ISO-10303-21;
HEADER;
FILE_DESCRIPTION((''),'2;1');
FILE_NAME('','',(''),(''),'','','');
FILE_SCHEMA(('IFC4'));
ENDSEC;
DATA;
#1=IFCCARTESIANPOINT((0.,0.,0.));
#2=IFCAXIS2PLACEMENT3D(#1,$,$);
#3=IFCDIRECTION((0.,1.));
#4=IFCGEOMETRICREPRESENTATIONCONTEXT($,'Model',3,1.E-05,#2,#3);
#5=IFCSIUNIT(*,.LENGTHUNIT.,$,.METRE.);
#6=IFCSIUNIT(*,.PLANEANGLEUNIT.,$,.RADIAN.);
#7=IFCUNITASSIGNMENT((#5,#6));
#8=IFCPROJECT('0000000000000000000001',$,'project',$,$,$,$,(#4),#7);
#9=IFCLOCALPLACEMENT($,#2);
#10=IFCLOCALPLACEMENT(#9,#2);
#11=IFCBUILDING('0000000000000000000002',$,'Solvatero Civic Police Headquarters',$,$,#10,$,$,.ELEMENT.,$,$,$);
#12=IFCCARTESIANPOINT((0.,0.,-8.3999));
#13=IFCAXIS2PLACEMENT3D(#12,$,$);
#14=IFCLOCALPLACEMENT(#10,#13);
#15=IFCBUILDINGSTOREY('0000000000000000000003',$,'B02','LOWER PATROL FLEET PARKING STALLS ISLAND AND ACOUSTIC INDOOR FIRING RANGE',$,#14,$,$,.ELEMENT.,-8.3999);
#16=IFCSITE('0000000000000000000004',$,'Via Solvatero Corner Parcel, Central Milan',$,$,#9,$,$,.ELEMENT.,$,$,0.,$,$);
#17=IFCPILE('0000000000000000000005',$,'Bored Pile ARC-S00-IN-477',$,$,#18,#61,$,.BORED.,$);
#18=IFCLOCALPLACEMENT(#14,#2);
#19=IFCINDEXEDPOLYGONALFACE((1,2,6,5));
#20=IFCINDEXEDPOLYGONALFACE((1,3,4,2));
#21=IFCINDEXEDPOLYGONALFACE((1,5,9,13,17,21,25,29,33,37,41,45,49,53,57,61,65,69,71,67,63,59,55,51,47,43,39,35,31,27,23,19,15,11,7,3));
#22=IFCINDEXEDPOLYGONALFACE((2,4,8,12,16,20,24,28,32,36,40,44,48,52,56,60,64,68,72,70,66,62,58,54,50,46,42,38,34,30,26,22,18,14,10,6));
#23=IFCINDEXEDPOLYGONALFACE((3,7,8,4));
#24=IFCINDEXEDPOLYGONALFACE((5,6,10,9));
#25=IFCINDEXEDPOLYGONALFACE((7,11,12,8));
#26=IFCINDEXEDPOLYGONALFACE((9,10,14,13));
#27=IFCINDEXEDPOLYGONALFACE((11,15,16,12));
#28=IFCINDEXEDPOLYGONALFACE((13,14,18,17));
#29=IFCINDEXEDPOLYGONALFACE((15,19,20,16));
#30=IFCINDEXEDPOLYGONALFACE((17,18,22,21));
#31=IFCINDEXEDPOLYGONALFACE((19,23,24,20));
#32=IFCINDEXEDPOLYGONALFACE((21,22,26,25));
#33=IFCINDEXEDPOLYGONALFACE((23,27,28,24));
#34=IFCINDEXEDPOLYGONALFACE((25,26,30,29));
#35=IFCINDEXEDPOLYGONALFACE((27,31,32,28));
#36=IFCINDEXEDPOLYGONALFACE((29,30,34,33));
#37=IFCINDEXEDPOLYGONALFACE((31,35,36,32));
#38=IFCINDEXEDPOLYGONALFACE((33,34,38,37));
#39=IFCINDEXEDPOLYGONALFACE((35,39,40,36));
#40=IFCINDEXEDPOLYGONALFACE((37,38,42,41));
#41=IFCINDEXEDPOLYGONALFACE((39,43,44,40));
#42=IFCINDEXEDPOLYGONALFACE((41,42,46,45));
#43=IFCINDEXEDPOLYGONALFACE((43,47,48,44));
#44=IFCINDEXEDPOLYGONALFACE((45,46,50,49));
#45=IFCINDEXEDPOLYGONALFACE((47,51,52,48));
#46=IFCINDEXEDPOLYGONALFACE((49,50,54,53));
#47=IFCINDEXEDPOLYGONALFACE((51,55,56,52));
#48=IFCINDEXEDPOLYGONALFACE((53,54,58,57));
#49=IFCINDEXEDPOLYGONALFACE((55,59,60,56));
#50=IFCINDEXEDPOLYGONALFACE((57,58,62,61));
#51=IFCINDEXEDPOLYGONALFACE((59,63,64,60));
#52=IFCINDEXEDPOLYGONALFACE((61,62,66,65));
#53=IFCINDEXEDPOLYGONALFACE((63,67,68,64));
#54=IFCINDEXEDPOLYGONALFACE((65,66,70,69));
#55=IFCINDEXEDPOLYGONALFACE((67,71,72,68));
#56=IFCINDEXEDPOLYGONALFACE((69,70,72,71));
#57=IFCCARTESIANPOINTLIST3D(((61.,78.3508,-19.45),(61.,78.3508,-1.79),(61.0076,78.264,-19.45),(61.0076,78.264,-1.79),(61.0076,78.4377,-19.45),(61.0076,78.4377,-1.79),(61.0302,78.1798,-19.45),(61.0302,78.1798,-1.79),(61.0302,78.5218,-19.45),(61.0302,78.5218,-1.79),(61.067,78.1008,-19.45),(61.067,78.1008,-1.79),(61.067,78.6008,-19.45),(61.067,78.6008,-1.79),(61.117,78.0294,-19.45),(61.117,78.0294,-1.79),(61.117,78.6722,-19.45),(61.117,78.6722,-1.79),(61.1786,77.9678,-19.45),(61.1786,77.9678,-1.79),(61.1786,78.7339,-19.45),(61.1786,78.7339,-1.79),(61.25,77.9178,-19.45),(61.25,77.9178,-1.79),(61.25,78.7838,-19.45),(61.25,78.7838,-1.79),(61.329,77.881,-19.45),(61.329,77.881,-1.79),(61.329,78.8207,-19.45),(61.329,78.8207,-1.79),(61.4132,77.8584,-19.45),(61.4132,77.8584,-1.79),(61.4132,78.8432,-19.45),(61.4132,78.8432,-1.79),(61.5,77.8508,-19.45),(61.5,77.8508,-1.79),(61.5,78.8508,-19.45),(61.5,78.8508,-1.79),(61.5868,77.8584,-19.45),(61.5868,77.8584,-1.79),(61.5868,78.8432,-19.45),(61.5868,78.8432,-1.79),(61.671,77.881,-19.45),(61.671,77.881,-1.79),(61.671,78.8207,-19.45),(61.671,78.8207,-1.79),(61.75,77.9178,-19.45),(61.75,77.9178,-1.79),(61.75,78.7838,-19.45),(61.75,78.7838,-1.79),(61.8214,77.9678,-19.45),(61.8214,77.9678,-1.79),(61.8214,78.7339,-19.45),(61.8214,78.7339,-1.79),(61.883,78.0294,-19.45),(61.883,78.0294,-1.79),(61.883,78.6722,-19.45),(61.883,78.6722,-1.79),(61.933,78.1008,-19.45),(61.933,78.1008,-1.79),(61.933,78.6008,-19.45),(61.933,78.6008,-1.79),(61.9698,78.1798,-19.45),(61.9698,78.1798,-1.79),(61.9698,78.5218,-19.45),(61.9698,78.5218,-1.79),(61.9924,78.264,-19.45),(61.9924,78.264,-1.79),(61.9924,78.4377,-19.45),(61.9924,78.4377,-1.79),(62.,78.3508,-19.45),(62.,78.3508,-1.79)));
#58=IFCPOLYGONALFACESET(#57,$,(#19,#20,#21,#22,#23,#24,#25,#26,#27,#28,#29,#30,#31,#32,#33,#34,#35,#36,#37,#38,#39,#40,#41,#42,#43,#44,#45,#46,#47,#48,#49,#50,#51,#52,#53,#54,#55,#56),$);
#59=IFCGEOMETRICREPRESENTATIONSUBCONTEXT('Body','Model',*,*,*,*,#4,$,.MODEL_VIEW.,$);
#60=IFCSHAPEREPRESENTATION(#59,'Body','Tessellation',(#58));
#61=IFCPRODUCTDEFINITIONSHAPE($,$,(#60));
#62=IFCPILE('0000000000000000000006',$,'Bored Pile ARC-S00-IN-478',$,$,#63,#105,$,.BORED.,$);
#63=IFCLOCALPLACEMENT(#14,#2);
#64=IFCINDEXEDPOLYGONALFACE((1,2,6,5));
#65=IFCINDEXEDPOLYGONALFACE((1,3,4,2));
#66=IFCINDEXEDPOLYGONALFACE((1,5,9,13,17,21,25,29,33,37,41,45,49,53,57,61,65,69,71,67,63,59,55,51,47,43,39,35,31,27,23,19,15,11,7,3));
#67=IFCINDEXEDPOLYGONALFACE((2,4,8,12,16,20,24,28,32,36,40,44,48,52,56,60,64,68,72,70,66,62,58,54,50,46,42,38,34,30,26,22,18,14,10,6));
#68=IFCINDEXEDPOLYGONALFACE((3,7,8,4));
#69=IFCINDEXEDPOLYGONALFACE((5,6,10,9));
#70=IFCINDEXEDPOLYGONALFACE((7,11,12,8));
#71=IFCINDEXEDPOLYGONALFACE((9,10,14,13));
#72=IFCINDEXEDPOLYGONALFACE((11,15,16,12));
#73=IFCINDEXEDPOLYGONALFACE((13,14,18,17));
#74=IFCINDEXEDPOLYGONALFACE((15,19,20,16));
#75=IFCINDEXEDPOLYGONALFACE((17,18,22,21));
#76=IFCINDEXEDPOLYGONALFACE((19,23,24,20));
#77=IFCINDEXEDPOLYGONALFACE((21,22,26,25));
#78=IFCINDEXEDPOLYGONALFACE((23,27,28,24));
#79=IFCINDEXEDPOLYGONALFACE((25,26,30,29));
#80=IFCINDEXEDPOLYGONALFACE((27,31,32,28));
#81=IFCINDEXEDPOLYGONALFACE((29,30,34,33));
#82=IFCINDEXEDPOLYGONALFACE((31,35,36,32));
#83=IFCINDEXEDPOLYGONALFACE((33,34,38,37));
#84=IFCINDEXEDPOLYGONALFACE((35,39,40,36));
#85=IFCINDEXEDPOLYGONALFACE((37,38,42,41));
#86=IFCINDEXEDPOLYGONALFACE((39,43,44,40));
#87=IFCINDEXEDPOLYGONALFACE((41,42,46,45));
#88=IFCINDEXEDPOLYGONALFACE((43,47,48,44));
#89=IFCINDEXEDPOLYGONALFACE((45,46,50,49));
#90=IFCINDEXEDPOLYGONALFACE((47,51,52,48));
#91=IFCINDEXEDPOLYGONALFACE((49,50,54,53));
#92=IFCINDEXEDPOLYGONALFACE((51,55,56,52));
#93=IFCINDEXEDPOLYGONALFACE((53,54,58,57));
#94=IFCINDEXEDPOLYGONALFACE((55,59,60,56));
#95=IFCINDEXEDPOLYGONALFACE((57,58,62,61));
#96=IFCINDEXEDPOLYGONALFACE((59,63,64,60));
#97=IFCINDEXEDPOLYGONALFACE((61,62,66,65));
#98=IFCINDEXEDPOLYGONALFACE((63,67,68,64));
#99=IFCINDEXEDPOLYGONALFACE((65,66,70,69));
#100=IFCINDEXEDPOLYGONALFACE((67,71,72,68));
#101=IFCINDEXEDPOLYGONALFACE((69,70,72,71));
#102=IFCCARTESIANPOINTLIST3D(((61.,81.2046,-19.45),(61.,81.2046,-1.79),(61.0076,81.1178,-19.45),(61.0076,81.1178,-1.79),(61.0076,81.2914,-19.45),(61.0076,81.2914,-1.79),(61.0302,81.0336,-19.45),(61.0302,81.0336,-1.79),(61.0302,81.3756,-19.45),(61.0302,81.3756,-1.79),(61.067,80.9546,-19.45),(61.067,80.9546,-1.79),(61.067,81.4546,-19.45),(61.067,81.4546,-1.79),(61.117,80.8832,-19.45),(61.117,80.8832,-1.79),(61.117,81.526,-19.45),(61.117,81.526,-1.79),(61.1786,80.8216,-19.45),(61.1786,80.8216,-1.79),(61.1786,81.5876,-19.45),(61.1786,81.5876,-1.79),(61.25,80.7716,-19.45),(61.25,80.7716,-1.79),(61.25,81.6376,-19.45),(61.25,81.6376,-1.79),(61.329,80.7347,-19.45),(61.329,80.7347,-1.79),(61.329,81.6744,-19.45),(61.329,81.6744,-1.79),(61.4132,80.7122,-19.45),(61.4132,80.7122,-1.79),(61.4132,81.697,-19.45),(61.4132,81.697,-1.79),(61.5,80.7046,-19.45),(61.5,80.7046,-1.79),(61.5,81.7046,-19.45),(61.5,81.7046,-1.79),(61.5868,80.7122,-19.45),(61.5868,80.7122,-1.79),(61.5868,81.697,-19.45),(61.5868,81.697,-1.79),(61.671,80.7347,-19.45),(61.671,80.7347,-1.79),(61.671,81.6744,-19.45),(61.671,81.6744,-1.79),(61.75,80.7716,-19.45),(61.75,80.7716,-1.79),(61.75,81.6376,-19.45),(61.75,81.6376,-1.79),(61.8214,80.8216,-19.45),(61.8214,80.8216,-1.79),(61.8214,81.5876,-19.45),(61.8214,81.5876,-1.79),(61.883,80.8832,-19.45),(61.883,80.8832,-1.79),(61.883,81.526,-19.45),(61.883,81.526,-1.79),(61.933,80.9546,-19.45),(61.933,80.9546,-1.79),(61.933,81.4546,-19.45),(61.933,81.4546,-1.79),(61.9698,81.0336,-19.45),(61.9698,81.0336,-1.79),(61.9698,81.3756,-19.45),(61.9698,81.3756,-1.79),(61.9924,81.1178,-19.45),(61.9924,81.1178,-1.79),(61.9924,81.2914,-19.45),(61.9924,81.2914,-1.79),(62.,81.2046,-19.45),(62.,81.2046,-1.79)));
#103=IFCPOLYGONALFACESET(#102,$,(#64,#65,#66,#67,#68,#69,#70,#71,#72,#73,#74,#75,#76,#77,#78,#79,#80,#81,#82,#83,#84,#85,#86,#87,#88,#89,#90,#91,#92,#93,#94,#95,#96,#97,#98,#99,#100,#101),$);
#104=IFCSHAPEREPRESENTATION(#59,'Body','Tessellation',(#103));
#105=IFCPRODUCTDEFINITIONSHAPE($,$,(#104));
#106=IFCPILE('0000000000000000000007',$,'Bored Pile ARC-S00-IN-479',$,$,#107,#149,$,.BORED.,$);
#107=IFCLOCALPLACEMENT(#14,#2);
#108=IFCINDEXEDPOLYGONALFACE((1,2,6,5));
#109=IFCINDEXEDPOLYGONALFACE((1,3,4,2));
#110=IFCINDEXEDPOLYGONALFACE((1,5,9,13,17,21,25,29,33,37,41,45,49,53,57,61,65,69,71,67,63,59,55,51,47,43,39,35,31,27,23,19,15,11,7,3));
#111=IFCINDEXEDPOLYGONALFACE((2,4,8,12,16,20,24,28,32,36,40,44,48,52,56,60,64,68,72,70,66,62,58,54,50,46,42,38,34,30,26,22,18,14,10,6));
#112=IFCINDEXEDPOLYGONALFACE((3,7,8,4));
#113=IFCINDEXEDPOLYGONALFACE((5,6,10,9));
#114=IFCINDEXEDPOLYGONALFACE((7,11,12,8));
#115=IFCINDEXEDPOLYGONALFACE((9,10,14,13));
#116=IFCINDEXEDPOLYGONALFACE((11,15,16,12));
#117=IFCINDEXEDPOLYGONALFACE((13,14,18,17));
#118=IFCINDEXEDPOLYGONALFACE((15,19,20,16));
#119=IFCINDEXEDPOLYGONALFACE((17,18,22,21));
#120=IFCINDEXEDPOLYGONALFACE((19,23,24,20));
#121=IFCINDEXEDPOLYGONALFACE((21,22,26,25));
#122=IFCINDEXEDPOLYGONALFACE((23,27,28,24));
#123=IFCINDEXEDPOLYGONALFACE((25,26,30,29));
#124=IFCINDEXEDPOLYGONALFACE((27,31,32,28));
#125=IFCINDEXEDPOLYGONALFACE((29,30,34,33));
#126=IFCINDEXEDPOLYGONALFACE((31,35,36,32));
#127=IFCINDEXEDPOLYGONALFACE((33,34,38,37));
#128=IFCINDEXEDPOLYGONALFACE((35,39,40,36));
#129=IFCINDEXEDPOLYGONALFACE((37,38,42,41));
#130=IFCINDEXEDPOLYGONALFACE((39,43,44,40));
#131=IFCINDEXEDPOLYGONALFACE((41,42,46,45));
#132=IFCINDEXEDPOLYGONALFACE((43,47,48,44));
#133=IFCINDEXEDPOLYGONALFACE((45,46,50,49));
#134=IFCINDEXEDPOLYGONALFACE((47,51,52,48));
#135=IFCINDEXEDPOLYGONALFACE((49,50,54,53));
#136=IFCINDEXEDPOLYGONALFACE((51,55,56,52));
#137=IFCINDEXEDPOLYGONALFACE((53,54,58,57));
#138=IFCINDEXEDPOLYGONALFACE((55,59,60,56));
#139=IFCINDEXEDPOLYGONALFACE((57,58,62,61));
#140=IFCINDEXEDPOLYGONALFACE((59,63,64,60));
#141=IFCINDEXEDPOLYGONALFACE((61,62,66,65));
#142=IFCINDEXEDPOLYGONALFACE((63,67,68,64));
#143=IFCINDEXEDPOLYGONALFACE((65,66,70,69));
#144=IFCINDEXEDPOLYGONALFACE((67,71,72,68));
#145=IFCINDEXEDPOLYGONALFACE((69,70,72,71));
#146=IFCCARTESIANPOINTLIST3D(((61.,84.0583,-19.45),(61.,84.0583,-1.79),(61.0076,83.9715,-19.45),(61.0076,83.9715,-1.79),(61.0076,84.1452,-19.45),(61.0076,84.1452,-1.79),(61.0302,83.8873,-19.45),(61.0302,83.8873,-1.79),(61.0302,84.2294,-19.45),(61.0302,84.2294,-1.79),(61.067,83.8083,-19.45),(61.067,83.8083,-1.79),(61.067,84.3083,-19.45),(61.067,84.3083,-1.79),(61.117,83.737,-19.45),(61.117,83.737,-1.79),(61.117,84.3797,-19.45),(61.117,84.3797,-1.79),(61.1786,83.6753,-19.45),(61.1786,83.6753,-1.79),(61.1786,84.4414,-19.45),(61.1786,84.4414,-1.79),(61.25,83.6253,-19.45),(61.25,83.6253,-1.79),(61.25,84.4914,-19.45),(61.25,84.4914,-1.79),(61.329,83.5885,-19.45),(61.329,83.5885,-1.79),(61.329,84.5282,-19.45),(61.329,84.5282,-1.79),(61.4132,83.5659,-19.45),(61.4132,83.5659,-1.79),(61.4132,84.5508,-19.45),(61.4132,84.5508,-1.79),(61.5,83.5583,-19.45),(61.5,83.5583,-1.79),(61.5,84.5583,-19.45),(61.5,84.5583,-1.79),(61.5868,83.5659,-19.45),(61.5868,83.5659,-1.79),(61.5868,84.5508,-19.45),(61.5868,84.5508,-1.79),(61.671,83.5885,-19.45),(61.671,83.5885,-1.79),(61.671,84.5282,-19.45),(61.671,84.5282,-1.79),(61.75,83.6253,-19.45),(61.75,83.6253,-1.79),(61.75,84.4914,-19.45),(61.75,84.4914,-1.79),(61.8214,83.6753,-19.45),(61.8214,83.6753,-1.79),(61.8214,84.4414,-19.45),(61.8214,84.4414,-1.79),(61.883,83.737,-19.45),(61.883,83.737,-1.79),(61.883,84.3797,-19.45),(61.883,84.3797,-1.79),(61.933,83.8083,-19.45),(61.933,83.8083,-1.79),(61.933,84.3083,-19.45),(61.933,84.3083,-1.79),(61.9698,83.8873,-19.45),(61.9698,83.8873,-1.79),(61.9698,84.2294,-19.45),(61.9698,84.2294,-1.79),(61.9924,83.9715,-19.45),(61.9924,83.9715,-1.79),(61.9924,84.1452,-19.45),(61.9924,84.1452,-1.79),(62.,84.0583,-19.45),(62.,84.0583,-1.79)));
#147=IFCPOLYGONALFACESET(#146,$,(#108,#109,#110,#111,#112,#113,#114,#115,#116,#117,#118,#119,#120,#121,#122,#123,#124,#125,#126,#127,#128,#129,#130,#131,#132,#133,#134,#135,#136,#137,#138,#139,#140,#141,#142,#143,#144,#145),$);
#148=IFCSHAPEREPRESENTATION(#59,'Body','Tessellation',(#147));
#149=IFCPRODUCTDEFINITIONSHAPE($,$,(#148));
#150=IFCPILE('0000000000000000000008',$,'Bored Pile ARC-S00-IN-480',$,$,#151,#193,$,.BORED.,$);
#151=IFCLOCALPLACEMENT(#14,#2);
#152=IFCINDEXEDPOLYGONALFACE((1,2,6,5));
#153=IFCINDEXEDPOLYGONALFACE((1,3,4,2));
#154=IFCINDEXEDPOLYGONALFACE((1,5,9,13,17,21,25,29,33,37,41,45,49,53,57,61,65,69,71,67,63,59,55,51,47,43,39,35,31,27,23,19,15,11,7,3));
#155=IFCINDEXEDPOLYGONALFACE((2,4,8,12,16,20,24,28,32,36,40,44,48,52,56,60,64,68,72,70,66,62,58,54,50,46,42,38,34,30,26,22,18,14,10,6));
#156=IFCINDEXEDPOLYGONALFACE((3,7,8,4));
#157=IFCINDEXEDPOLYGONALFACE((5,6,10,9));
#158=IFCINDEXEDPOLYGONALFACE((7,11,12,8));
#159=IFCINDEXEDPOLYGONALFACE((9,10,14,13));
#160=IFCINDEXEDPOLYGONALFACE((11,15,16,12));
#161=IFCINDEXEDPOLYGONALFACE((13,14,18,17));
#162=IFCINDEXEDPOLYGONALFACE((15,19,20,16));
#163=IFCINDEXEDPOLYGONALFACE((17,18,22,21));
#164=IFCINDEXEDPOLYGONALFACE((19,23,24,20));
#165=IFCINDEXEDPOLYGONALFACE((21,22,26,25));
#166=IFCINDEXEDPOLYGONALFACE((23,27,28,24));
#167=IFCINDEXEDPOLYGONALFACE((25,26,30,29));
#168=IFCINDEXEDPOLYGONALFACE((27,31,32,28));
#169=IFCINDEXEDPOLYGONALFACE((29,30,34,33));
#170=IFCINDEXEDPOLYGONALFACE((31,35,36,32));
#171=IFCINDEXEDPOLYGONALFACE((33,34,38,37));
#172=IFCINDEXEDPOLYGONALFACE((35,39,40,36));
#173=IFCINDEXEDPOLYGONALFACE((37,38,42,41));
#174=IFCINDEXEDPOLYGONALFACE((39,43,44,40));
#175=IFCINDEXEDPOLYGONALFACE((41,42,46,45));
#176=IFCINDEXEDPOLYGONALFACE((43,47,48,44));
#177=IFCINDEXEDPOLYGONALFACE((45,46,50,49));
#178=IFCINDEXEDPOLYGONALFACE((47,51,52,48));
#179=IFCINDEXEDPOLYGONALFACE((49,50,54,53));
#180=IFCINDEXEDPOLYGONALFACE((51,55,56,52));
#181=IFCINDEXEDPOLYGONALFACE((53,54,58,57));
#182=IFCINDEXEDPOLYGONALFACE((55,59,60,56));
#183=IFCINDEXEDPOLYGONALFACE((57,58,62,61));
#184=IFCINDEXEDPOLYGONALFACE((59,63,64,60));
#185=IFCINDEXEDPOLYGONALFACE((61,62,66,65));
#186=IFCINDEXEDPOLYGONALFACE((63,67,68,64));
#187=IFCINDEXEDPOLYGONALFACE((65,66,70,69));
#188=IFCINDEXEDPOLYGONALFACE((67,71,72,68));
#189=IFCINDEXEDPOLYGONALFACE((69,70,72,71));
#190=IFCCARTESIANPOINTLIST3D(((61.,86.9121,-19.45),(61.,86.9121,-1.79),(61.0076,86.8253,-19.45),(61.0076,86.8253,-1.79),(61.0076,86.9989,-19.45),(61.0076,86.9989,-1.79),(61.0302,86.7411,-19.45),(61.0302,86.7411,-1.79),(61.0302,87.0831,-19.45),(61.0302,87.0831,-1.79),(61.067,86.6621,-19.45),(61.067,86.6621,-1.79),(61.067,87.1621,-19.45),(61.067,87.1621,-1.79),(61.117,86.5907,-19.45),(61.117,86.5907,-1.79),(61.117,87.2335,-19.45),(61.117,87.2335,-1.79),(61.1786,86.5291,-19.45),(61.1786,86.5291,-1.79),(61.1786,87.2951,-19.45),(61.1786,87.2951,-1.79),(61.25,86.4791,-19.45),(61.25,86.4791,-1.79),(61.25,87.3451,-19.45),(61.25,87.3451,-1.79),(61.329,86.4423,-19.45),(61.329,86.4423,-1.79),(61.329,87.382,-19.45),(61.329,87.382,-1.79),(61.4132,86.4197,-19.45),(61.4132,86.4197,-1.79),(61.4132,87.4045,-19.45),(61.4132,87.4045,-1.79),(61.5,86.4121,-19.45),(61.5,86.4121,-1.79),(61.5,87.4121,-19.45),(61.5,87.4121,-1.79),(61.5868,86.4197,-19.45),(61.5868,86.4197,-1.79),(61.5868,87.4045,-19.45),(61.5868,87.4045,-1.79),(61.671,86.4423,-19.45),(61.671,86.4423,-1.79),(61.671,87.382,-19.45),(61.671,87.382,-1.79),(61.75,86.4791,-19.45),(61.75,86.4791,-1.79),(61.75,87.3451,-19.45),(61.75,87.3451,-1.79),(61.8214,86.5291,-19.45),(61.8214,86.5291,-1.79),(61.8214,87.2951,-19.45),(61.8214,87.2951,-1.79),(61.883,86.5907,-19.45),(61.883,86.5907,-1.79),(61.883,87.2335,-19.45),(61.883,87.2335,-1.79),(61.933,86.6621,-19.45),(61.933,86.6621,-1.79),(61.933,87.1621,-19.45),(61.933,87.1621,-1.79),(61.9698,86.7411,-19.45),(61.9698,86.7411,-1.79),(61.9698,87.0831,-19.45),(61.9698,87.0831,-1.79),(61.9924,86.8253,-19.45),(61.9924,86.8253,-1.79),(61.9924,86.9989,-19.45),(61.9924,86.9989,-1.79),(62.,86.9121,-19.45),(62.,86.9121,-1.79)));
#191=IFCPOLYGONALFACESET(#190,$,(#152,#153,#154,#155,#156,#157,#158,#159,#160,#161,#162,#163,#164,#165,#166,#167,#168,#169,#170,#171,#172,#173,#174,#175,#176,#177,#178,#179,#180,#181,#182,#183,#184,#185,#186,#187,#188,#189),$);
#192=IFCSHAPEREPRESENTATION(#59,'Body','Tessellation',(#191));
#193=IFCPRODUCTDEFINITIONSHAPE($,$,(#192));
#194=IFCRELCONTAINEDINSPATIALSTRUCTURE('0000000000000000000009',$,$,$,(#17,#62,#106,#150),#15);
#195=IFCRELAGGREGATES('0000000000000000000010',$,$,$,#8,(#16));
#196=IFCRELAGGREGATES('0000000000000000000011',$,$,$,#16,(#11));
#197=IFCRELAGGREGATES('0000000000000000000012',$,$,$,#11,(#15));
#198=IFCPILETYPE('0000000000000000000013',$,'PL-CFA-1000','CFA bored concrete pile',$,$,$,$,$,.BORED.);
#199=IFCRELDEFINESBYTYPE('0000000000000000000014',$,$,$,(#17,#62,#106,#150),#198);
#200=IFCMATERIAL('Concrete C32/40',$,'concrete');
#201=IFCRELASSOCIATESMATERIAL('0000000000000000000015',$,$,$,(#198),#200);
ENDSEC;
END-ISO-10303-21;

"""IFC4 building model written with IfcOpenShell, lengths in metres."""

from ifc_helpers import new_model, si_unit, direction, frame, origin, origin_2d, place, context, subcontext, project, spatial, circle, extrude, material, material_profile, profile_set, type_object, element, save


model = new_model("IFC4")

# Units and contexts
model_context = context("Model", 3, precision=1e-05, world=origin(), true_north=direction((0.0, 1.0)))
body_context = subcontext(model_context, "Body", "Model", "MODEL_VIEW")
ifc_project = project(units=[si_unit("LENGTHUNIT", "METRE"), si_unit("PLANEANGLEUNIT", "RADIAN")], contexts=[model_context])

# Site, building, storey
site_placement = place(None, origin())
site = spatial("IfcSite", under=ifc_project, at=site_placement, Name="Via Solvatero Corner Parcel, Central Milan", CompositionType="ELEMENT", RefElevation=0.0)
building_placement = place(site_placement, origin())
building = spatial("IfcBuilding", under=site, at=building_placement, Name="Solvatero Civic Police Headquarters", CompositionType="ELEMENT")
storey_placement = place(building_placement, frame((0.0, 0.0, -8.3999)))
storey = spatial("IfcBuildingStorey", under=building, at=storey_placement, Name="B02", Description="LOWER PATROL FLEET PARKING STALLS ISLAND AND ACOUSTIC INDOOR FIRING RANGE", CompositionType="ELEMENT", Elevation=-8.3999)

# Piles
ifc_material_1 = material(Name="Concrete C32/40", Category="concrete")
ifc_material_profile_1 = material_profile(ifc_material_1, circle(Radius=0.5, at=origin_2d()), Name="CFA PILE D1000")
ifc_profile_set_1 = profile_set([ifc_material_profile_1], Name="Concrete C32/40")
pile_type_1 = type_object("IfcPileType", Name="PL-CFA-1000", Description="CFA bored concrete pile", PredefinedType="BORED", material=ifc_profile_set_1)
for number, where, z_axis, x_axis, name in (
    (1, (61.5, 78.3508, -1.79), (0.0, 0.0, -1.0), (1.0, 0.0, 0.0), "Bored Pile ARC-S00-IN-477"),
    (2, (61.5, 81.2046, -1.79), (0.0, 0.0, -1.0), (1.0, 0.0, 0.0), "Bored Pile ARC-S00-IN-478"),
    (3, (61.5, 84.0583, -1.79), (0.0, 0.0, -1.0), (1.0, 0.0, 0.0), "Bored Pile ARC-S00-IN-479"),
    (4, (61.5, 86.9121, -1.79), (0.0, 0.0, -1.0), (1.0, 0.0, 0.0), "Bored Pile ARC-S00-IN-480"),
):
    element("IfcPile", number, at=place(storey_placement, frame(where, z_axis=z_axis, x_axis=x_axis)), inside=storey, type_object=pile_type_1, Name=name, PredefinedType="BORED", context=body_context, shape_type="SweptSolid", body=[
        extrude(circle(Radius=0.5, at=origin_2d()), origin(), (0.0, 0.0, 1.0), 17.6599),
    ])

save(model, "model.ifc")
